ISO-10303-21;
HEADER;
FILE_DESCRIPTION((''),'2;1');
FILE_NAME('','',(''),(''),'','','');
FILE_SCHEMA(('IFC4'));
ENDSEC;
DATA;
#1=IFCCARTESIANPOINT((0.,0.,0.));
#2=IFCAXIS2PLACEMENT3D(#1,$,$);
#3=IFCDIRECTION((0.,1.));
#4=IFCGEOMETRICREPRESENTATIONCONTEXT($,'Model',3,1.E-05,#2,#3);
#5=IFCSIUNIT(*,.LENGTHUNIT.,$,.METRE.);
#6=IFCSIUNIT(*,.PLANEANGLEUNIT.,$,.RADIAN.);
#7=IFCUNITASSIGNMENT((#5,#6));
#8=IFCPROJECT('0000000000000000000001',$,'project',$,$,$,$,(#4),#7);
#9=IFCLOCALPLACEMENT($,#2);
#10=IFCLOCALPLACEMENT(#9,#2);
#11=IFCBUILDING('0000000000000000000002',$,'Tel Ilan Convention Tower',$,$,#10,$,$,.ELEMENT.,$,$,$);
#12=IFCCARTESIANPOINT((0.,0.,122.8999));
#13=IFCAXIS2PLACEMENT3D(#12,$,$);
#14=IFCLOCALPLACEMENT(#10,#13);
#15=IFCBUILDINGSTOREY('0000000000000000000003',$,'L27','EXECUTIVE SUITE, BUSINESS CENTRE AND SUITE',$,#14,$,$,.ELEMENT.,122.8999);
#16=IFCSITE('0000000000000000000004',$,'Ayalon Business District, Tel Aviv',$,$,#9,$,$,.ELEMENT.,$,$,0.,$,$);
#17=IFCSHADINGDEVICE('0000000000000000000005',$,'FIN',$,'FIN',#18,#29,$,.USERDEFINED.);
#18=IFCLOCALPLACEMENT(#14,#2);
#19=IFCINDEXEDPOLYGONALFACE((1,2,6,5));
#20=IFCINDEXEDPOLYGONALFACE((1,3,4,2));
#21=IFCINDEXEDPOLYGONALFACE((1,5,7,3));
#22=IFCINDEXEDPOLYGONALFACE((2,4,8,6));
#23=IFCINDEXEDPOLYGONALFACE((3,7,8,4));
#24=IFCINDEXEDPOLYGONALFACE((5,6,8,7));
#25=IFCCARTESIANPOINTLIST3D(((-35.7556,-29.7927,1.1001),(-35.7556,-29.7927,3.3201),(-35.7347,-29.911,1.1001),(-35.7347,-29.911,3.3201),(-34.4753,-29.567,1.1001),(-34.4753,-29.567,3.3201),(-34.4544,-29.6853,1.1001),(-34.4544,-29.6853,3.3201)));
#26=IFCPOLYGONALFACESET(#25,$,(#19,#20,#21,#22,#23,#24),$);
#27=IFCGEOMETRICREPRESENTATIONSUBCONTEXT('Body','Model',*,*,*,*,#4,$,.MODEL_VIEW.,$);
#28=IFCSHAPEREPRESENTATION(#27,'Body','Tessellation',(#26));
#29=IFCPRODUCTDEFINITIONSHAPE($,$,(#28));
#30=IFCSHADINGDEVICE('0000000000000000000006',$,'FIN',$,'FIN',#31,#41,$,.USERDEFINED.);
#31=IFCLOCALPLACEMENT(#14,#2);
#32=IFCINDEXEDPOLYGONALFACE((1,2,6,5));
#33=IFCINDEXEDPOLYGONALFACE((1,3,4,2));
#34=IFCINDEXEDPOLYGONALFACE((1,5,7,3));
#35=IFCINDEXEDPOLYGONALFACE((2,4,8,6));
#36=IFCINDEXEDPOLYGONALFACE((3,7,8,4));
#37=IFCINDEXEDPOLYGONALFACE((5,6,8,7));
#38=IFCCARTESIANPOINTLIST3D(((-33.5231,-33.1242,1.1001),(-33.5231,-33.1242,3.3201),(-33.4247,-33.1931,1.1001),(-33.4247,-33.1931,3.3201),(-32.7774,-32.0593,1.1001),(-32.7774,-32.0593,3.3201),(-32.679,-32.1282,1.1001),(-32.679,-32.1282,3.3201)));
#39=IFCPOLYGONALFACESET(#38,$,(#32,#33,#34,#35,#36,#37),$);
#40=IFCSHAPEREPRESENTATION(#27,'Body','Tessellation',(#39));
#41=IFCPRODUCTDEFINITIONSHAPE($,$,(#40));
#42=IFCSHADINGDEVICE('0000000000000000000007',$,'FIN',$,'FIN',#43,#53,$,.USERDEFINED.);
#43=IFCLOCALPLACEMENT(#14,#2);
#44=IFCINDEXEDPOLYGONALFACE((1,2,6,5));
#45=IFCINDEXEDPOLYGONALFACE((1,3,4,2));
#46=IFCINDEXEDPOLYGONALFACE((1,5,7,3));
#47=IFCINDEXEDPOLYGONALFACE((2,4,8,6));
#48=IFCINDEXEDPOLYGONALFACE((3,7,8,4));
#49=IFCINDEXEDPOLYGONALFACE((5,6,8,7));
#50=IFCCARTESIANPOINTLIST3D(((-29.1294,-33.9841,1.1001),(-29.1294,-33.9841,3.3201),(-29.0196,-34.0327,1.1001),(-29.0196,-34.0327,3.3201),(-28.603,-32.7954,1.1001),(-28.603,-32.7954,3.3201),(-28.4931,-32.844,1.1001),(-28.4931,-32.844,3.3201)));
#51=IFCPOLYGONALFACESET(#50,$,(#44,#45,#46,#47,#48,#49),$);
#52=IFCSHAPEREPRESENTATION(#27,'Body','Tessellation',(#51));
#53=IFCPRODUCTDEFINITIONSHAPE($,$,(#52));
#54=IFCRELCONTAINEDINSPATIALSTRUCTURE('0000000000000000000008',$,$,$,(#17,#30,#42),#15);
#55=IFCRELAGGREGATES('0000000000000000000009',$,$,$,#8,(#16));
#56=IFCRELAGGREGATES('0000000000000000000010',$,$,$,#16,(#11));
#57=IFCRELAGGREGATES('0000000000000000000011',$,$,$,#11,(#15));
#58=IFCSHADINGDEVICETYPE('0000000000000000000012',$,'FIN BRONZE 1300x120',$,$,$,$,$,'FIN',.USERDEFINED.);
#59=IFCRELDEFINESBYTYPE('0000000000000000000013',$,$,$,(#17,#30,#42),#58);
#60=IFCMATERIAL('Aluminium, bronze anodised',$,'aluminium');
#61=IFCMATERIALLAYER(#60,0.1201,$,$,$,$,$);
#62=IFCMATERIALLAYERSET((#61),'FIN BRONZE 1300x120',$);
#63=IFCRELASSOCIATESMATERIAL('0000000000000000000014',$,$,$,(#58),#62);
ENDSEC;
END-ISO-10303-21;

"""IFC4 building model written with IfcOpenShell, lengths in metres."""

from ifc_helpers import new_model, si_unit, direction, frame, origin, origin_2d, place, context, subcontext, project, spatial, rectangle, extrude, material, layer, layer_set, type_object, element, save


model = new_model("IFC4")

# Units and contexts
model_context = context("Model", 3, precision=1e-05, world=origin(), true_north=direction((0.0, 1.0)))
body_context = subcontext(model_context, "Body", "Model", "MODEL_VIEW")
ifc_project = project(units=[si_unit("LENGTHUNIT", "METRE"), si_unit("PLANEANGLEUNIT", "RADIAN")], contexts=[model_context])

# Site, building, storey
site_placement = place(None, origin())
site = spatial("IfcSite", under=ifc_project, at=site_placement, Name="Ayalon Business District, Tel Aviv", CompositionType="ELEMENT", RefElevation=0.0)
building_placement = place(site_placement, origin())
building = spatial("IfcBuilding", under=site, at=building_placement, Name="Tel Ilan Convention Tower", CompositionType="ELEMENT")
storey_placement = place(building_placement, frame((0.0, 0.0, 122.8999)))
storey = spatial("IfcBuildingStorey", under=building, at=storey_placement, Name="L27", Description="EXECUTIVE SUITE, BUSINESS CENTRE AND SUITE", CompositionType="ELEMENT", Elevation=122.8999)

# Shading devices
ifc_material_1 = material(Name="Aluminium, bronze anodised", Category="aluminium")
ifc_layer_1 = layer(ifc_material_1, 0.1201)
ifc_layer_set_1 = layer_set([ifc_layer_1], Name="FIN BRONZE 1300x120")
shading_device_type = type_object("IfcShadingDeviceType", Name="FIN BRONZE 1300x120", ElementType="FIN", PredefinedType="USERDEFINED", material=ifc_layer_set_1)
for number, where, z_axis, x_axis, name in (
    (1, (-35.105, -29.739, 1.1001), (0.0, 0.0, 1.0), (-0.984808, -0.173648, 0.0), "FIN"),
    (2, (-33.1011, -32.6262, 1.1001), (0.0, 0.0, 1.0), (-0.573576, -0.819152, 0.0), "FIN"),
    (3, (-28.8113, -33.4141, 1.1001), (0.0, 0.0, 1.0), (-0.404964, -0.914333, 0.0), "FIN"),
):
    element("IfcShadingDevice", number, at=place(storey_placement, frame(where, z_axis=z_axis, x_axis=x_axis)), inside=storey, type_object=shading_device_type, Name=name, ObjectType="FIN", PredefinedType="USERDEFINED", context=body_context, shape_type="SweptSolid", body=[
        extrude(rectangle(XDim=1.3, YDim=0.1201, at=origin_2d()), origin(), (0.0, 0.0, 1.0), 2.22),
    ])

save(model, "model.ifc")
